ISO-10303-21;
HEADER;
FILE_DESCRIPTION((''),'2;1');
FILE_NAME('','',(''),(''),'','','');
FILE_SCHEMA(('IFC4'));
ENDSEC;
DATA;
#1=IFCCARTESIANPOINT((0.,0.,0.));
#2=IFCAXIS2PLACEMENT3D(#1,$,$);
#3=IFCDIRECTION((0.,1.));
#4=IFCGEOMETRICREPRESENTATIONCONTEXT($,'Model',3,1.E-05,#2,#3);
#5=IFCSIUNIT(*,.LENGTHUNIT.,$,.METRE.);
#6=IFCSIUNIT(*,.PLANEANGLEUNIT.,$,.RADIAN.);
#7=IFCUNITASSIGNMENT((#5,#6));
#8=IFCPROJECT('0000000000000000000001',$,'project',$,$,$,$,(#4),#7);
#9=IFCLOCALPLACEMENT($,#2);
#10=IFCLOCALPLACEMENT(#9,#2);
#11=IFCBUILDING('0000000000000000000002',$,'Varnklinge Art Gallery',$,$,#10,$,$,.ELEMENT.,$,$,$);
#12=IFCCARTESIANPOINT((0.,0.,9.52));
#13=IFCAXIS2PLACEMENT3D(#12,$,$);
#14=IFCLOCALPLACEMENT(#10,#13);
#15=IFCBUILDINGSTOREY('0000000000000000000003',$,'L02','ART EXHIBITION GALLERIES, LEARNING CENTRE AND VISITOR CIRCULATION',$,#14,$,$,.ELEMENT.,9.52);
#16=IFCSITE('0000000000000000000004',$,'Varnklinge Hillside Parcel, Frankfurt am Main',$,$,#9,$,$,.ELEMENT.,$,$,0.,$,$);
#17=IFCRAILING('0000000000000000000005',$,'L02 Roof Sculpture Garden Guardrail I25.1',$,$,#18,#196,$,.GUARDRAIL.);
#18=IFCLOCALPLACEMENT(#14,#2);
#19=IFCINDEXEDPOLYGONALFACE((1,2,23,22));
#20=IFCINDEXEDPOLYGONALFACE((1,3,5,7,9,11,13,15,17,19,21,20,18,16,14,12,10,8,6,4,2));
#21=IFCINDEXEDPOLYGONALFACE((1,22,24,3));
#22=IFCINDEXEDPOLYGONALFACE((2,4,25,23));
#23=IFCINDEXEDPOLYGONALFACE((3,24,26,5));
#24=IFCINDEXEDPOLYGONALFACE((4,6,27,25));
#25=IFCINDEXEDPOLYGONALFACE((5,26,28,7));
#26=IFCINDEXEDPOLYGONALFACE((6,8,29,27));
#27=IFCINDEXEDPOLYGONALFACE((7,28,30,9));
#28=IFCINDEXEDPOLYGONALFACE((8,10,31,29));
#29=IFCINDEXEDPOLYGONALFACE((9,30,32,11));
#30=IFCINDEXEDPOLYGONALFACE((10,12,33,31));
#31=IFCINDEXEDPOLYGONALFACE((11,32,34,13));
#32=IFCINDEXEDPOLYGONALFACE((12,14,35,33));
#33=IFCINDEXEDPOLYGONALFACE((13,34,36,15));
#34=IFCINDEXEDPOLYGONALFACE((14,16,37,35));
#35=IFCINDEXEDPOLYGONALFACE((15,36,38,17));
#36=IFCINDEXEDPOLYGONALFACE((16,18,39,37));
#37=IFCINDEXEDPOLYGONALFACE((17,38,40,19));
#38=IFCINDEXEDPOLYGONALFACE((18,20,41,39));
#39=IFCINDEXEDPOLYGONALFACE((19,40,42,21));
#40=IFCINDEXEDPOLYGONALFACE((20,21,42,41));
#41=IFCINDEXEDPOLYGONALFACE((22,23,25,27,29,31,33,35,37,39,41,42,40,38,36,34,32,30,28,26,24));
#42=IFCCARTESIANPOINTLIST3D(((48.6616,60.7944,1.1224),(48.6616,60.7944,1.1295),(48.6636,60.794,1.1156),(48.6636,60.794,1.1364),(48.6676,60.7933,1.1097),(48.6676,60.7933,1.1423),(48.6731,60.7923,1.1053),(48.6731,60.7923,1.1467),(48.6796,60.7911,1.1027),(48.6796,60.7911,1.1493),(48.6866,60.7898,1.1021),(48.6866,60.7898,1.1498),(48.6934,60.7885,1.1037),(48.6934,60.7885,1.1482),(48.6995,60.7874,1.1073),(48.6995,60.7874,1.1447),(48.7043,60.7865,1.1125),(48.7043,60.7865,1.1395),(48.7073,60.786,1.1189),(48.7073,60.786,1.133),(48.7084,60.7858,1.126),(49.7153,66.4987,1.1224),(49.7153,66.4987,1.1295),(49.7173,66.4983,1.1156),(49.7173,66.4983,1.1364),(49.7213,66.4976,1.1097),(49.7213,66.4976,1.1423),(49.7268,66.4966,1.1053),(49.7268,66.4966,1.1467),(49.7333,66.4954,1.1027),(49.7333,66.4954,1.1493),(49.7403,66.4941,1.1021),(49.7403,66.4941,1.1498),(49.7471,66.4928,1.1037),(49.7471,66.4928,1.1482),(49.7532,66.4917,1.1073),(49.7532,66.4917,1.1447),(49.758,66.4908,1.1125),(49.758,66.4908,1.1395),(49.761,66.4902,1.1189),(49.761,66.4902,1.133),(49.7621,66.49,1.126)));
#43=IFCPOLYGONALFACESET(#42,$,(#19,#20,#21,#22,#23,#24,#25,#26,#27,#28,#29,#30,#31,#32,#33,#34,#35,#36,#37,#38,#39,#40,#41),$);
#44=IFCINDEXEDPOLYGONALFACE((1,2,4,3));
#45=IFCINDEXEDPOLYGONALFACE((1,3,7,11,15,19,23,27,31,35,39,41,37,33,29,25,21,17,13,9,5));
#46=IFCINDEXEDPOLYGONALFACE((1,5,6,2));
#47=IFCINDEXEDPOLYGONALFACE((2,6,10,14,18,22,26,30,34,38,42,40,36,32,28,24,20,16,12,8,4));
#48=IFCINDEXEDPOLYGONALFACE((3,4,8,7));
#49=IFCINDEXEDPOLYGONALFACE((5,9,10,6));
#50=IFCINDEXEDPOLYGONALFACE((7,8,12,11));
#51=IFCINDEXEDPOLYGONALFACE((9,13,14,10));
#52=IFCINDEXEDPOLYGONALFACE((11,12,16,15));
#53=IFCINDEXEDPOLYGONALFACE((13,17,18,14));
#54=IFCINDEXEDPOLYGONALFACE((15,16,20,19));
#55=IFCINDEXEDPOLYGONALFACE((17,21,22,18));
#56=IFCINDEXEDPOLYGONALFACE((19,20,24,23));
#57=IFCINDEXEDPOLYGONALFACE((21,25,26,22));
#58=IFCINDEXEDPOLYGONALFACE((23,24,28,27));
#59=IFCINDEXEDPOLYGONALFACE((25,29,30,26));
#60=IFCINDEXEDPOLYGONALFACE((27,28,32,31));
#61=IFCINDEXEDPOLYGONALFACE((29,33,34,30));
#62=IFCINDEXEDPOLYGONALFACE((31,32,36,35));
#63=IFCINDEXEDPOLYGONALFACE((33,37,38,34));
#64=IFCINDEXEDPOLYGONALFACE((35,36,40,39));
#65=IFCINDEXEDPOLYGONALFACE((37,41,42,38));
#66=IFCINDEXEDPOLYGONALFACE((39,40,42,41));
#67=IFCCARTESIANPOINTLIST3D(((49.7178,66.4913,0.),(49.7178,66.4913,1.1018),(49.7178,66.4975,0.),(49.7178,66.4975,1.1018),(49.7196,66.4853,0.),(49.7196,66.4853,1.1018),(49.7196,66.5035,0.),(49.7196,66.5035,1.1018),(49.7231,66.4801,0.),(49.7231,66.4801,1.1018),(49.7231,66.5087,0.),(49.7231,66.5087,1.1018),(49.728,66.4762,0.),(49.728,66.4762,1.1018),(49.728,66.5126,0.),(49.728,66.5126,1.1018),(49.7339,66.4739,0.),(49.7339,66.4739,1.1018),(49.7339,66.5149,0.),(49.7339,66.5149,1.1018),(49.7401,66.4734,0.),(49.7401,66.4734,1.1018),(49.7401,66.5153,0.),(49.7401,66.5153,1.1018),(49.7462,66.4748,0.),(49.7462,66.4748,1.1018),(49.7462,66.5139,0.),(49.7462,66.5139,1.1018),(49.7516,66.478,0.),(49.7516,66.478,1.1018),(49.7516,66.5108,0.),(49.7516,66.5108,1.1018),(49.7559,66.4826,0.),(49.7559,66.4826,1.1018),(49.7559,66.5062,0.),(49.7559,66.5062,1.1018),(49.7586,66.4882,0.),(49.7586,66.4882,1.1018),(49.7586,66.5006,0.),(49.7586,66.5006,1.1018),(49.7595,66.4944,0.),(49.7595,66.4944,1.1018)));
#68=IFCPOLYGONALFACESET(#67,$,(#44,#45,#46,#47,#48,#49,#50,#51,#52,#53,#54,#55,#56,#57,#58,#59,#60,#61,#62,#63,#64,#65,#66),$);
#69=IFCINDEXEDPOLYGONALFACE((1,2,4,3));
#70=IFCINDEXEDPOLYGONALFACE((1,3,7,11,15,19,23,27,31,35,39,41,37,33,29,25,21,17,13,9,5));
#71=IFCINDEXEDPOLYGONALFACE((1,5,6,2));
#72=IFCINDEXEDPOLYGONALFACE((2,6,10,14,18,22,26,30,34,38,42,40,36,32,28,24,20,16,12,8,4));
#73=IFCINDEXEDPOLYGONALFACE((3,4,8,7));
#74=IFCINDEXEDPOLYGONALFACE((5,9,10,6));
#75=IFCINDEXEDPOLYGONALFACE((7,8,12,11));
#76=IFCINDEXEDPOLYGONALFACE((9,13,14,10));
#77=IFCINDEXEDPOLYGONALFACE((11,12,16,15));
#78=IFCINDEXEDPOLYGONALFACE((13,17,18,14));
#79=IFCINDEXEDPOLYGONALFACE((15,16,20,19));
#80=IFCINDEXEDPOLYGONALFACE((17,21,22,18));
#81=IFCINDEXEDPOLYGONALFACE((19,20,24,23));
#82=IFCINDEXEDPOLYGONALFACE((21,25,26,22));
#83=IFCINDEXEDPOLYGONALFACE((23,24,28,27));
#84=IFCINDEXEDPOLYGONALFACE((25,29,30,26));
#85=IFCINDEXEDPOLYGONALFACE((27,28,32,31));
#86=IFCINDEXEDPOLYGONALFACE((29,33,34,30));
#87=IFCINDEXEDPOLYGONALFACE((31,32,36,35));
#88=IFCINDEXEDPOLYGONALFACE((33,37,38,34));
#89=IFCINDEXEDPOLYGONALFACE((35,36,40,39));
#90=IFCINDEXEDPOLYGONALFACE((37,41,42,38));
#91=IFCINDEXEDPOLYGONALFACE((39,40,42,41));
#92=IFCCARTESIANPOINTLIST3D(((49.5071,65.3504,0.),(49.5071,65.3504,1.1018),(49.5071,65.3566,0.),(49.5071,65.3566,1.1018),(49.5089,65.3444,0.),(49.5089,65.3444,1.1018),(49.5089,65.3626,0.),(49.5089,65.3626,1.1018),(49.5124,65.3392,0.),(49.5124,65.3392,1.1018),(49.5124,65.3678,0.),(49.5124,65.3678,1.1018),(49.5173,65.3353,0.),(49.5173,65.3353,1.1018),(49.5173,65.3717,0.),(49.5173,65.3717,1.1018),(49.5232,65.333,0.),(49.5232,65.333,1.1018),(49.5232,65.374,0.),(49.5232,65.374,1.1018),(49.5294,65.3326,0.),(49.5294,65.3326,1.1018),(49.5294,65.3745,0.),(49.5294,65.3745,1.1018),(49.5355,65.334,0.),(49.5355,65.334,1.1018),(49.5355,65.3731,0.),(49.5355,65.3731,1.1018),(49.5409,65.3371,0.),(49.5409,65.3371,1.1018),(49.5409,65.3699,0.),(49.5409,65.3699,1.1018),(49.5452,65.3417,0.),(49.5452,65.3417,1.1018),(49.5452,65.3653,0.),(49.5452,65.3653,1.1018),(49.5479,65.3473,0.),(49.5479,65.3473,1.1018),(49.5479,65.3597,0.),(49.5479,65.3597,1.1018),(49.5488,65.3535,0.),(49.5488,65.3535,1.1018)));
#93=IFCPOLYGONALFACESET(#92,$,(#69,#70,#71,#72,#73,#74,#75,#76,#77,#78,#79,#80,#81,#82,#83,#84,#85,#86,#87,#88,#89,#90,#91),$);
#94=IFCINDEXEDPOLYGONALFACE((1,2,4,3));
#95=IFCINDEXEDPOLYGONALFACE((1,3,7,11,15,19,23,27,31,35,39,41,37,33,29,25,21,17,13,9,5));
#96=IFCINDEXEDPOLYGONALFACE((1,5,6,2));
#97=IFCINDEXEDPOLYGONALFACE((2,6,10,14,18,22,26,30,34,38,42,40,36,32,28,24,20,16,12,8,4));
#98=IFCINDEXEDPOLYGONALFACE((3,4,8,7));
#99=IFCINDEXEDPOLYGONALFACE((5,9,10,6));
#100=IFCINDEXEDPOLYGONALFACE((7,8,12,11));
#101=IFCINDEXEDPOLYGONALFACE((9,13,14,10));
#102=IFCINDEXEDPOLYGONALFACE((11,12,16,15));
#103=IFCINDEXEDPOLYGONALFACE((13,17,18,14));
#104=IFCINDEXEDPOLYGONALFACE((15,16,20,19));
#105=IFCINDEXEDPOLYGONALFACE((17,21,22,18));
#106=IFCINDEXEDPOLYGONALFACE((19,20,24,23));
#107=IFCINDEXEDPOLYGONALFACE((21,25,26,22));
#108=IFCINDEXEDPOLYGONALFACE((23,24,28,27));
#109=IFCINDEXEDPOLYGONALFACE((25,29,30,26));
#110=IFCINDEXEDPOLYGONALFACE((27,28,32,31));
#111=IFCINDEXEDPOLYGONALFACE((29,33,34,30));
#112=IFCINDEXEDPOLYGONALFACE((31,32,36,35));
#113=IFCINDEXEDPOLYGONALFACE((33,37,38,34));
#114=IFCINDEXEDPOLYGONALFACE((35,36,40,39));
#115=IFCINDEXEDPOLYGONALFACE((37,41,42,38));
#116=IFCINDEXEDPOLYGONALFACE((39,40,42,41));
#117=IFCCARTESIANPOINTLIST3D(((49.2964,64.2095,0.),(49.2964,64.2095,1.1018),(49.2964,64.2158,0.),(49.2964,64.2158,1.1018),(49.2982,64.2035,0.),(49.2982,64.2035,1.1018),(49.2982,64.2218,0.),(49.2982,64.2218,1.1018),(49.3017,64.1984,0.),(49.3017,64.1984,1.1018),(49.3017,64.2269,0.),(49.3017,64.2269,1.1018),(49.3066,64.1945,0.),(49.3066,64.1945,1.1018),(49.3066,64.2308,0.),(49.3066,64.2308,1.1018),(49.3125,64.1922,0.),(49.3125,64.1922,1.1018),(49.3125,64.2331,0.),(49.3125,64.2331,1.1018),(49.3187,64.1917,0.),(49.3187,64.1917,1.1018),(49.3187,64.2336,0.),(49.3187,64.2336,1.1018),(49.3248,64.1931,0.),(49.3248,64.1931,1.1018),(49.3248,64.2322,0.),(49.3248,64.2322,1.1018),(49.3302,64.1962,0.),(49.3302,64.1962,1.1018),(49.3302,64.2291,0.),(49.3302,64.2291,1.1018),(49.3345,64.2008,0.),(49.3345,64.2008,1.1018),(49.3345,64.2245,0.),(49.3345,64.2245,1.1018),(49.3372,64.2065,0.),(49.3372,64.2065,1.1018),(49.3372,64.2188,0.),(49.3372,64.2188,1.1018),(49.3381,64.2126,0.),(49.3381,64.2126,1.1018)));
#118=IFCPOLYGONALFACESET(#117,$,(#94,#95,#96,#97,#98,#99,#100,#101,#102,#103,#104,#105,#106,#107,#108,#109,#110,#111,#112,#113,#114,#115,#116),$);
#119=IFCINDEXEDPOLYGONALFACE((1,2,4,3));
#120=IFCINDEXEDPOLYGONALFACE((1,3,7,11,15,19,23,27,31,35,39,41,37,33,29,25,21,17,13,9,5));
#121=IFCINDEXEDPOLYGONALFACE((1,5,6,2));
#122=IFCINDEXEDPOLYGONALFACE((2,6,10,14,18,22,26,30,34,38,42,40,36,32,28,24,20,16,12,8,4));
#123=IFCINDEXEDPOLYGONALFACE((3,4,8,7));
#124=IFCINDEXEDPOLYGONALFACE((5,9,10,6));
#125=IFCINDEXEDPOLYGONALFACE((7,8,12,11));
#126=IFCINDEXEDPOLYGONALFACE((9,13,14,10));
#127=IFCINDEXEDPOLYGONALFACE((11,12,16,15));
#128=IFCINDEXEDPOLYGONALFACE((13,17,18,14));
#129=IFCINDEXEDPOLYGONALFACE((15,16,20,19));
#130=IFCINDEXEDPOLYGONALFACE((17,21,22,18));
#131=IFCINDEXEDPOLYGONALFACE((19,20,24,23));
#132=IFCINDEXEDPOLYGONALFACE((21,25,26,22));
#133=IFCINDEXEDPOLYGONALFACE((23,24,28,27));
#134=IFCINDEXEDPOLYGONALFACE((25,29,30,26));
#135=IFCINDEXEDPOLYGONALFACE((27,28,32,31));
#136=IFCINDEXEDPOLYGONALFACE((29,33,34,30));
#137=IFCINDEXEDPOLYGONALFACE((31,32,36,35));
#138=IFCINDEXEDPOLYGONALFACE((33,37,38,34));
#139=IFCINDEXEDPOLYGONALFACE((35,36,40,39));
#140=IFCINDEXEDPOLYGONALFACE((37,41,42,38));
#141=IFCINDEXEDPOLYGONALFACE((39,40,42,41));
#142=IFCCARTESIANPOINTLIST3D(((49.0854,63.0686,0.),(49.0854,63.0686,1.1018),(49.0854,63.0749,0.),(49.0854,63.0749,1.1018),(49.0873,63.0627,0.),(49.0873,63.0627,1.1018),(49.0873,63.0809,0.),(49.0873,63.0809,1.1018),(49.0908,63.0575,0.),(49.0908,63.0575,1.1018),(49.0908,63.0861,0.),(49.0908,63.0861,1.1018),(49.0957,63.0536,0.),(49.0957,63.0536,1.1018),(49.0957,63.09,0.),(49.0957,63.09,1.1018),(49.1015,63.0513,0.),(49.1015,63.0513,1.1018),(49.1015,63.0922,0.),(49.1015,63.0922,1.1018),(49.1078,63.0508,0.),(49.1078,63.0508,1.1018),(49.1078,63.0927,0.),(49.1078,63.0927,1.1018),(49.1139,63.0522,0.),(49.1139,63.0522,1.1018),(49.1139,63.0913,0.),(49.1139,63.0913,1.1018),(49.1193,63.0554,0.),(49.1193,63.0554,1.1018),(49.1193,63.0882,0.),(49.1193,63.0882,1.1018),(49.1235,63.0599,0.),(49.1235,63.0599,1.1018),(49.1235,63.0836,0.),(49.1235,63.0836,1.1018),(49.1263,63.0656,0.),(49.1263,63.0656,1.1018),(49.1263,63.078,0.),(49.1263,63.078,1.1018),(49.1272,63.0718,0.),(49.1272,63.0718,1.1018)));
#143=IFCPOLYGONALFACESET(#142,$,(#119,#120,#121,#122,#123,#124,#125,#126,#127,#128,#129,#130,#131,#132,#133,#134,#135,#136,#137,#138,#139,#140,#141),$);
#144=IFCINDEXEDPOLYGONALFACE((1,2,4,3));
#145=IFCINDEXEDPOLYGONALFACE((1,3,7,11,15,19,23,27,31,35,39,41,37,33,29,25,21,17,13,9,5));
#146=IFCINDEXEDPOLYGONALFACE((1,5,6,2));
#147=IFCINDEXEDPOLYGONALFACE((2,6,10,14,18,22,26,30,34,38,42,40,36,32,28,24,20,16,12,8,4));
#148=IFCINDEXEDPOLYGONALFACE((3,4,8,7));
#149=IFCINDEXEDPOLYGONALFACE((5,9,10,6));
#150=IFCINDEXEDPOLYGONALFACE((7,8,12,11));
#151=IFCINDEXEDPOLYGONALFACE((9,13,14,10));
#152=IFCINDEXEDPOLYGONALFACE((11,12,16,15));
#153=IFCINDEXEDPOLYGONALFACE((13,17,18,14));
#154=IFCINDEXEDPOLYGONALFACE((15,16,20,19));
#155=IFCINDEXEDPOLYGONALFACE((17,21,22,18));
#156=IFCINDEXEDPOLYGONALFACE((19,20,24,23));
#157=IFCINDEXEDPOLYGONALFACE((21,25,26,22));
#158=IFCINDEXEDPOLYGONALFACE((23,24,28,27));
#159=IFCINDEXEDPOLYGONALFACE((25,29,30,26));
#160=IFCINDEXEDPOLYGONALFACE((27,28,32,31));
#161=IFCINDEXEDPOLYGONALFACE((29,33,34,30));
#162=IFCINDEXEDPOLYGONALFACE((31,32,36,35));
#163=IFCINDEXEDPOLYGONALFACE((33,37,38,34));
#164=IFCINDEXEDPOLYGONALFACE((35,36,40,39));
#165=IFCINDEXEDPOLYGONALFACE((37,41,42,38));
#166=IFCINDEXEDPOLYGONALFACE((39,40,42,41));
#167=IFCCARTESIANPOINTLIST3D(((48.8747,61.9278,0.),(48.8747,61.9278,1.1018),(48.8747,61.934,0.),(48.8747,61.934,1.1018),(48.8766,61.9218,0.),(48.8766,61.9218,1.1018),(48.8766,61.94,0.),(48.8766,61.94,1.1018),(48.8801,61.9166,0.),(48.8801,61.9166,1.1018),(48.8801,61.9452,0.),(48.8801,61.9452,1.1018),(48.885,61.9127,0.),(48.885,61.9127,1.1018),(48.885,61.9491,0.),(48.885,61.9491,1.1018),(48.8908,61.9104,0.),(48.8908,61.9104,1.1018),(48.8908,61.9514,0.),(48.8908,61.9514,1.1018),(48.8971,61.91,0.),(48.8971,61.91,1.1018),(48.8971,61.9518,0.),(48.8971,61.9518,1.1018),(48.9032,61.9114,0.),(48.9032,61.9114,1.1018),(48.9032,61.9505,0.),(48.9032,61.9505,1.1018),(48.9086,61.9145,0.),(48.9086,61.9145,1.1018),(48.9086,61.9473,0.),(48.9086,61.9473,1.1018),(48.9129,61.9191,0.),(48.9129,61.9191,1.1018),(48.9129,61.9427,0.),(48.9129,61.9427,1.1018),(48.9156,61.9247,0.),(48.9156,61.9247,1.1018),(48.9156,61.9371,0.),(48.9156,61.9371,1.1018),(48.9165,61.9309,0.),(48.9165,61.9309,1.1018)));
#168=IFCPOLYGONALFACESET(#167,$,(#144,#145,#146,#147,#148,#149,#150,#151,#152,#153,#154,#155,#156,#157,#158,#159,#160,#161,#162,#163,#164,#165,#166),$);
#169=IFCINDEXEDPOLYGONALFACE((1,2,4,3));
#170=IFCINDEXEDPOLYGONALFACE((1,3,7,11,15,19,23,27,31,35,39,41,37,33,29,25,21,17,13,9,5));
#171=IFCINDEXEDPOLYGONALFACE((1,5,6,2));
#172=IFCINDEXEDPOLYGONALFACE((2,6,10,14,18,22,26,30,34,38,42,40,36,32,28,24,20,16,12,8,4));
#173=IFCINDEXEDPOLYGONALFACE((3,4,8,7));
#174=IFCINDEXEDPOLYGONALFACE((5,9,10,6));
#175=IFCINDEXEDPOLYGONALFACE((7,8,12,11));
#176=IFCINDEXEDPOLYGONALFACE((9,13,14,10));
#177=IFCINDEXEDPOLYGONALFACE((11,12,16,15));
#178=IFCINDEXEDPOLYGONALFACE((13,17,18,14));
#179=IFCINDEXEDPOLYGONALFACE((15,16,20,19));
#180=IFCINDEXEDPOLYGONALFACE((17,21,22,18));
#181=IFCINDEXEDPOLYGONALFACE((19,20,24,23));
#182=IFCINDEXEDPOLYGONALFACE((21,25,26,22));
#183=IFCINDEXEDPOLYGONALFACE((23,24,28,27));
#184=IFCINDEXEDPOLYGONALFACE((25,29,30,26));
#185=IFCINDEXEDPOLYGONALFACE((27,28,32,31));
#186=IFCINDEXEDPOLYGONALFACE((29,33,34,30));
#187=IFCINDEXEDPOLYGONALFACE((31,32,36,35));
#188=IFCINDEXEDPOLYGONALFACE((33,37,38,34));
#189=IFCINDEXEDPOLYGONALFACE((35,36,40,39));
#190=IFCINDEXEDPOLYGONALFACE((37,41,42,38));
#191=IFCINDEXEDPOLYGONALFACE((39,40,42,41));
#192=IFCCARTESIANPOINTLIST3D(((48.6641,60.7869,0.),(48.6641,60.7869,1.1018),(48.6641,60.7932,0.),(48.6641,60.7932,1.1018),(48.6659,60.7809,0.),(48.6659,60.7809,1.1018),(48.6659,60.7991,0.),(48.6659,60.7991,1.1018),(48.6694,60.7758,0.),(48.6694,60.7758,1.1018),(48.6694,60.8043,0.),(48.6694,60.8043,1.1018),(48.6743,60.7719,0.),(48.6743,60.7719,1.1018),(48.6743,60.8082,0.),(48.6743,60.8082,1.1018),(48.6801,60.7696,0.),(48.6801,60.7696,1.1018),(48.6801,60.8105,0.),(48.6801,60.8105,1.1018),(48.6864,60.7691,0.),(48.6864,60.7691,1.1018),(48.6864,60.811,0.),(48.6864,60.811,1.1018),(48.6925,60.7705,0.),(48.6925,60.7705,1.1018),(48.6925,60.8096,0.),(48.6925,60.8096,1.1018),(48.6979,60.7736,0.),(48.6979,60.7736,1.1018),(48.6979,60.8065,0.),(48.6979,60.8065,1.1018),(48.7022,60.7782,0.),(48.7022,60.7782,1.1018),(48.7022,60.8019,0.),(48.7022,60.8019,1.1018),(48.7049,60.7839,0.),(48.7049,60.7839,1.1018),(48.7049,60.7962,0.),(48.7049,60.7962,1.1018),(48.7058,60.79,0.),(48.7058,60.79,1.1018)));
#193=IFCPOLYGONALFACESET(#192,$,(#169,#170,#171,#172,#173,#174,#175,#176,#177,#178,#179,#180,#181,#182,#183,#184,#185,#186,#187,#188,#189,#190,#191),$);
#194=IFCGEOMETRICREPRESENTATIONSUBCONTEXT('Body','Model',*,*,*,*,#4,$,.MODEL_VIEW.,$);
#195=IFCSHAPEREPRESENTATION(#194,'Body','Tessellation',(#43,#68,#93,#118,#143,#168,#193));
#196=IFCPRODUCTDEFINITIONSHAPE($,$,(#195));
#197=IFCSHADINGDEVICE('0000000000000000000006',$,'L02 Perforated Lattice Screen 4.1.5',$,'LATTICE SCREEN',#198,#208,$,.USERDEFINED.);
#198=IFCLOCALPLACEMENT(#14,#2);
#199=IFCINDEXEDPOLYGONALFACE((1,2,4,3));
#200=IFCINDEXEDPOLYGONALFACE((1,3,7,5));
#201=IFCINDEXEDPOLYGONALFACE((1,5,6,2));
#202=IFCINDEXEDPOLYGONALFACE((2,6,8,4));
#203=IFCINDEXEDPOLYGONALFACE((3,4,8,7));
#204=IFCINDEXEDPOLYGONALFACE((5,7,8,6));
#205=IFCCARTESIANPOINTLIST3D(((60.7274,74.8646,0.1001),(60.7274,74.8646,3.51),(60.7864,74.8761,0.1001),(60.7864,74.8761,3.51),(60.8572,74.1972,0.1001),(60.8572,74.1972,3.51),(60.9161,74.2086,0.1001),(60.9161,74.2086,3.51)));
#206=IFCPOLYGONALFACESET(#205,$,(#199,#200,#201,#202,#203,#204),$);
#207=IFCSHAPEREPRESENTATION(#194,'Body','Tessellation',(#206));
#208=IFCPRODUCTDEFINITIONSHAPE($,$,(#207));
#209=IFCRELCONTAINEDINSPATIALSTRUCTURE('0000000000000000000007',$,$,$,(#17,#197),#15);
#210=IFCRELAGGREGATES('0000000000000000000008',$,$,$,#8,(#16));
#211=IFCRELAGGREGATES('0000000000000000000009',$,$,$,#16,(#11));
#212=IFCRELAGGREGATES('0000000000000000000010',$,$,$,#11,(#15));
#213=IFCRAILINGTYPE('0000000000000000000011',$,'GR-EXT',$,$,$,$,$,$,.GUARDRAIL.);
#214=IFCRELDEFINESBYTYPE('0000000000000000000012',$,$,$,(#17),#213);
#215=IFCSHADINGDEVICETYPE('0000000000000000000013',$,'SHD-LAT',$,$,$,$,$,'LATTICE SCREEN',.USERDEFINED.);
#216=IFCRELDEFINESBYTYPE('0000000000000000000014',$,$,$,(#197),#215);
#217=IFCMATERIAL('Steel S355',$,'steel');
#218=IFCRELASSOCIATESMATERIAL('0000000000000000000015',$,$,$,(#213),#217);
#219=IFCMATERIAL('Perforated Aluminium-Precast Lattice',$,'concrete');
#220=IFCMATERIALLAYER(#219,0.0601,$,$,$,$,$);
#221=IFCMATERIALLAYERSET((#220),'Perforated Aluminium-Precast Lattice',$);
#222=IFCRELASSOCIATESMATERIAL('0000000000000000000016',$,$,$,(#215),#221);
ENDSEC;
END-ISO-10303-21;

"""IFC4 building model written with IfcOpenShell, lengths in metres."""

from ifc_helpers import new_model, si_unit, direction, frame, origin, origin_2d, place, context, subcontext, project, spatial, rectangle, circle, extrude, material, layer, layer_set, type_object, element, save


model = new_model("IFC4")

# Units and contexts
model_context = context("Model", 3, precision=1e-05, world=origin(), true_north=direction((0.0, 1.0)))
body_context = subcontext(model_context, "Body", "Model", "MODEL_VIEW")
ifc_project = project(units=[si_unit("LENGTHUNIT", "METRE"), si_unit("PLANEANGLEUNIT", "RADIAN")], contexts=[model_context])

# Site, building, storey
site_placement = place(None, origin())
site = spatial("IfcSite", under=ifc_project, at=site_placement, Name="Varnklinge Hillside Parcel, Frankfurt am Main", CompositionType="ELEMENT", RefElevation=0.0)
building_placement = place(site_placement, origin())
building = spatial("IfcBuilding", under=site, at=building_placement, Name="Varnklinge Art Gallery", CompositionType="ELEMENT")
storey_placement = place(building_placement, frame((0.0, 0.0, 9.52)))
storey = spatial("IfcBuildingStorey", under=building, at=storey_placement, Name="L02", Description="ART EXHIBITION GALLERIES, LEARNING CENTRE AND VISITOR CIRCULATION", CompositionType="ELEMENT", Elevation=9.52)

# Railing
ifc_material_1 = material(Name="Steel S355", Category="steel")
railing_type = type_object("IfcRailingType", Name="GR-EXT", PredefinedType="GUARDRAIL", material=ifc_material_1)
railing_1_placement = place(storey_placement, frame((49.7385, 66.4944, 0.0)))
element("IfcRailing", 1, at=railing_1_placement, inside=storey, type_object=railing_type, Name="L02 Roof Sculpture Garden Guardrail I25.1", PredefinedType="GUARDRAIL", context=body_context, shape_type="SweptSolid", body=[
    extrude(circle(Radius=0.0239, at=origin_2d()), frame((0.0, 0.0, 1.126), z_axis=(-0.181648, -0.983364, 0.0), x_axis=(0.983364, -0.181648, 0.0)), (0.0, 0.0, 1.0), 5.8008),
    extrude(circle(Radius=0.021, at=origin_2d()), origin(), (0.0, 0.0, 1.0), 1.1018),
    extrude(circle(Radius=0.021, at=origin_2d()), frame((-0.2107, -1.1409, 0.0)), (0.0, 0.0, 1.0), 1.1018),
    extrude(circle(Radius=0.021, at=origin_2d()), frame((-0.4214, -2.2817, 0.0)), (0.0, 0.0, 1.0), 1.1018),
    extrude(circle(Radius=0.021, at=origin_2d()), frame((-0.6323, -3.4226, 0.0)), (0.0, 0.0, 1.0), 1.1018),
    extrude(circle(Radius=0.021, at=origin_2d()), frame((-0.843, -4.5635, 0.0)), (0.0, 0.0, 1.0), 1.1018),
    extrude(circle(Radius=0.021, at=origin_2d()), frame((-1.0537, -5.7043, 0.0)), (0.0, 0.0, 1.0), 1.1018),
])

# Shading device
ifc_material_2 = material(Name="Perforated Aluminium-Precast Lattice", Category="concrete")
ifc_layer_1 = layer(ifc_material_2, 0.0601)
ifc_layer_set_1 = layer_set([ifc_layer_1], Name="Perforated Aluminium-Precast Lattice")
shading_device_type = type_object("IfcShadingDeviceType", Name="SHD-LAT", ElementType="LATTICE SCREEN", PredefinedType="USERDEFINED", material=ifc_layer_set_1)
for number, where, z_axis, x_axis, name in (
    (2, (60.8218, 74.5366, 0.1001), (0.0, 0.0, 1.0), (0.190809, -0.981627, 0.0), "L02 Perforated Lattice Screen 4.1.5"),
):
    element("IfcShadingDevice", number, at=place(storey_placement, frame(where, z_axis=z_axis, x_axis=x_axis)), inside=storey, type_object=shading_device_type, Name=name, ObjectType="LATTICE SCREEN", PredefinedType="USERDEFINED", context=body_context, shape_type="SweptSolid", body=[
        extrude(rectangle(XDim=0.6799, YDim=0.0601, at=origin_2d()), origin(), (0.0, 0.0, 1.0), 3.4099),
    ])

save(model, "model.ifc")
